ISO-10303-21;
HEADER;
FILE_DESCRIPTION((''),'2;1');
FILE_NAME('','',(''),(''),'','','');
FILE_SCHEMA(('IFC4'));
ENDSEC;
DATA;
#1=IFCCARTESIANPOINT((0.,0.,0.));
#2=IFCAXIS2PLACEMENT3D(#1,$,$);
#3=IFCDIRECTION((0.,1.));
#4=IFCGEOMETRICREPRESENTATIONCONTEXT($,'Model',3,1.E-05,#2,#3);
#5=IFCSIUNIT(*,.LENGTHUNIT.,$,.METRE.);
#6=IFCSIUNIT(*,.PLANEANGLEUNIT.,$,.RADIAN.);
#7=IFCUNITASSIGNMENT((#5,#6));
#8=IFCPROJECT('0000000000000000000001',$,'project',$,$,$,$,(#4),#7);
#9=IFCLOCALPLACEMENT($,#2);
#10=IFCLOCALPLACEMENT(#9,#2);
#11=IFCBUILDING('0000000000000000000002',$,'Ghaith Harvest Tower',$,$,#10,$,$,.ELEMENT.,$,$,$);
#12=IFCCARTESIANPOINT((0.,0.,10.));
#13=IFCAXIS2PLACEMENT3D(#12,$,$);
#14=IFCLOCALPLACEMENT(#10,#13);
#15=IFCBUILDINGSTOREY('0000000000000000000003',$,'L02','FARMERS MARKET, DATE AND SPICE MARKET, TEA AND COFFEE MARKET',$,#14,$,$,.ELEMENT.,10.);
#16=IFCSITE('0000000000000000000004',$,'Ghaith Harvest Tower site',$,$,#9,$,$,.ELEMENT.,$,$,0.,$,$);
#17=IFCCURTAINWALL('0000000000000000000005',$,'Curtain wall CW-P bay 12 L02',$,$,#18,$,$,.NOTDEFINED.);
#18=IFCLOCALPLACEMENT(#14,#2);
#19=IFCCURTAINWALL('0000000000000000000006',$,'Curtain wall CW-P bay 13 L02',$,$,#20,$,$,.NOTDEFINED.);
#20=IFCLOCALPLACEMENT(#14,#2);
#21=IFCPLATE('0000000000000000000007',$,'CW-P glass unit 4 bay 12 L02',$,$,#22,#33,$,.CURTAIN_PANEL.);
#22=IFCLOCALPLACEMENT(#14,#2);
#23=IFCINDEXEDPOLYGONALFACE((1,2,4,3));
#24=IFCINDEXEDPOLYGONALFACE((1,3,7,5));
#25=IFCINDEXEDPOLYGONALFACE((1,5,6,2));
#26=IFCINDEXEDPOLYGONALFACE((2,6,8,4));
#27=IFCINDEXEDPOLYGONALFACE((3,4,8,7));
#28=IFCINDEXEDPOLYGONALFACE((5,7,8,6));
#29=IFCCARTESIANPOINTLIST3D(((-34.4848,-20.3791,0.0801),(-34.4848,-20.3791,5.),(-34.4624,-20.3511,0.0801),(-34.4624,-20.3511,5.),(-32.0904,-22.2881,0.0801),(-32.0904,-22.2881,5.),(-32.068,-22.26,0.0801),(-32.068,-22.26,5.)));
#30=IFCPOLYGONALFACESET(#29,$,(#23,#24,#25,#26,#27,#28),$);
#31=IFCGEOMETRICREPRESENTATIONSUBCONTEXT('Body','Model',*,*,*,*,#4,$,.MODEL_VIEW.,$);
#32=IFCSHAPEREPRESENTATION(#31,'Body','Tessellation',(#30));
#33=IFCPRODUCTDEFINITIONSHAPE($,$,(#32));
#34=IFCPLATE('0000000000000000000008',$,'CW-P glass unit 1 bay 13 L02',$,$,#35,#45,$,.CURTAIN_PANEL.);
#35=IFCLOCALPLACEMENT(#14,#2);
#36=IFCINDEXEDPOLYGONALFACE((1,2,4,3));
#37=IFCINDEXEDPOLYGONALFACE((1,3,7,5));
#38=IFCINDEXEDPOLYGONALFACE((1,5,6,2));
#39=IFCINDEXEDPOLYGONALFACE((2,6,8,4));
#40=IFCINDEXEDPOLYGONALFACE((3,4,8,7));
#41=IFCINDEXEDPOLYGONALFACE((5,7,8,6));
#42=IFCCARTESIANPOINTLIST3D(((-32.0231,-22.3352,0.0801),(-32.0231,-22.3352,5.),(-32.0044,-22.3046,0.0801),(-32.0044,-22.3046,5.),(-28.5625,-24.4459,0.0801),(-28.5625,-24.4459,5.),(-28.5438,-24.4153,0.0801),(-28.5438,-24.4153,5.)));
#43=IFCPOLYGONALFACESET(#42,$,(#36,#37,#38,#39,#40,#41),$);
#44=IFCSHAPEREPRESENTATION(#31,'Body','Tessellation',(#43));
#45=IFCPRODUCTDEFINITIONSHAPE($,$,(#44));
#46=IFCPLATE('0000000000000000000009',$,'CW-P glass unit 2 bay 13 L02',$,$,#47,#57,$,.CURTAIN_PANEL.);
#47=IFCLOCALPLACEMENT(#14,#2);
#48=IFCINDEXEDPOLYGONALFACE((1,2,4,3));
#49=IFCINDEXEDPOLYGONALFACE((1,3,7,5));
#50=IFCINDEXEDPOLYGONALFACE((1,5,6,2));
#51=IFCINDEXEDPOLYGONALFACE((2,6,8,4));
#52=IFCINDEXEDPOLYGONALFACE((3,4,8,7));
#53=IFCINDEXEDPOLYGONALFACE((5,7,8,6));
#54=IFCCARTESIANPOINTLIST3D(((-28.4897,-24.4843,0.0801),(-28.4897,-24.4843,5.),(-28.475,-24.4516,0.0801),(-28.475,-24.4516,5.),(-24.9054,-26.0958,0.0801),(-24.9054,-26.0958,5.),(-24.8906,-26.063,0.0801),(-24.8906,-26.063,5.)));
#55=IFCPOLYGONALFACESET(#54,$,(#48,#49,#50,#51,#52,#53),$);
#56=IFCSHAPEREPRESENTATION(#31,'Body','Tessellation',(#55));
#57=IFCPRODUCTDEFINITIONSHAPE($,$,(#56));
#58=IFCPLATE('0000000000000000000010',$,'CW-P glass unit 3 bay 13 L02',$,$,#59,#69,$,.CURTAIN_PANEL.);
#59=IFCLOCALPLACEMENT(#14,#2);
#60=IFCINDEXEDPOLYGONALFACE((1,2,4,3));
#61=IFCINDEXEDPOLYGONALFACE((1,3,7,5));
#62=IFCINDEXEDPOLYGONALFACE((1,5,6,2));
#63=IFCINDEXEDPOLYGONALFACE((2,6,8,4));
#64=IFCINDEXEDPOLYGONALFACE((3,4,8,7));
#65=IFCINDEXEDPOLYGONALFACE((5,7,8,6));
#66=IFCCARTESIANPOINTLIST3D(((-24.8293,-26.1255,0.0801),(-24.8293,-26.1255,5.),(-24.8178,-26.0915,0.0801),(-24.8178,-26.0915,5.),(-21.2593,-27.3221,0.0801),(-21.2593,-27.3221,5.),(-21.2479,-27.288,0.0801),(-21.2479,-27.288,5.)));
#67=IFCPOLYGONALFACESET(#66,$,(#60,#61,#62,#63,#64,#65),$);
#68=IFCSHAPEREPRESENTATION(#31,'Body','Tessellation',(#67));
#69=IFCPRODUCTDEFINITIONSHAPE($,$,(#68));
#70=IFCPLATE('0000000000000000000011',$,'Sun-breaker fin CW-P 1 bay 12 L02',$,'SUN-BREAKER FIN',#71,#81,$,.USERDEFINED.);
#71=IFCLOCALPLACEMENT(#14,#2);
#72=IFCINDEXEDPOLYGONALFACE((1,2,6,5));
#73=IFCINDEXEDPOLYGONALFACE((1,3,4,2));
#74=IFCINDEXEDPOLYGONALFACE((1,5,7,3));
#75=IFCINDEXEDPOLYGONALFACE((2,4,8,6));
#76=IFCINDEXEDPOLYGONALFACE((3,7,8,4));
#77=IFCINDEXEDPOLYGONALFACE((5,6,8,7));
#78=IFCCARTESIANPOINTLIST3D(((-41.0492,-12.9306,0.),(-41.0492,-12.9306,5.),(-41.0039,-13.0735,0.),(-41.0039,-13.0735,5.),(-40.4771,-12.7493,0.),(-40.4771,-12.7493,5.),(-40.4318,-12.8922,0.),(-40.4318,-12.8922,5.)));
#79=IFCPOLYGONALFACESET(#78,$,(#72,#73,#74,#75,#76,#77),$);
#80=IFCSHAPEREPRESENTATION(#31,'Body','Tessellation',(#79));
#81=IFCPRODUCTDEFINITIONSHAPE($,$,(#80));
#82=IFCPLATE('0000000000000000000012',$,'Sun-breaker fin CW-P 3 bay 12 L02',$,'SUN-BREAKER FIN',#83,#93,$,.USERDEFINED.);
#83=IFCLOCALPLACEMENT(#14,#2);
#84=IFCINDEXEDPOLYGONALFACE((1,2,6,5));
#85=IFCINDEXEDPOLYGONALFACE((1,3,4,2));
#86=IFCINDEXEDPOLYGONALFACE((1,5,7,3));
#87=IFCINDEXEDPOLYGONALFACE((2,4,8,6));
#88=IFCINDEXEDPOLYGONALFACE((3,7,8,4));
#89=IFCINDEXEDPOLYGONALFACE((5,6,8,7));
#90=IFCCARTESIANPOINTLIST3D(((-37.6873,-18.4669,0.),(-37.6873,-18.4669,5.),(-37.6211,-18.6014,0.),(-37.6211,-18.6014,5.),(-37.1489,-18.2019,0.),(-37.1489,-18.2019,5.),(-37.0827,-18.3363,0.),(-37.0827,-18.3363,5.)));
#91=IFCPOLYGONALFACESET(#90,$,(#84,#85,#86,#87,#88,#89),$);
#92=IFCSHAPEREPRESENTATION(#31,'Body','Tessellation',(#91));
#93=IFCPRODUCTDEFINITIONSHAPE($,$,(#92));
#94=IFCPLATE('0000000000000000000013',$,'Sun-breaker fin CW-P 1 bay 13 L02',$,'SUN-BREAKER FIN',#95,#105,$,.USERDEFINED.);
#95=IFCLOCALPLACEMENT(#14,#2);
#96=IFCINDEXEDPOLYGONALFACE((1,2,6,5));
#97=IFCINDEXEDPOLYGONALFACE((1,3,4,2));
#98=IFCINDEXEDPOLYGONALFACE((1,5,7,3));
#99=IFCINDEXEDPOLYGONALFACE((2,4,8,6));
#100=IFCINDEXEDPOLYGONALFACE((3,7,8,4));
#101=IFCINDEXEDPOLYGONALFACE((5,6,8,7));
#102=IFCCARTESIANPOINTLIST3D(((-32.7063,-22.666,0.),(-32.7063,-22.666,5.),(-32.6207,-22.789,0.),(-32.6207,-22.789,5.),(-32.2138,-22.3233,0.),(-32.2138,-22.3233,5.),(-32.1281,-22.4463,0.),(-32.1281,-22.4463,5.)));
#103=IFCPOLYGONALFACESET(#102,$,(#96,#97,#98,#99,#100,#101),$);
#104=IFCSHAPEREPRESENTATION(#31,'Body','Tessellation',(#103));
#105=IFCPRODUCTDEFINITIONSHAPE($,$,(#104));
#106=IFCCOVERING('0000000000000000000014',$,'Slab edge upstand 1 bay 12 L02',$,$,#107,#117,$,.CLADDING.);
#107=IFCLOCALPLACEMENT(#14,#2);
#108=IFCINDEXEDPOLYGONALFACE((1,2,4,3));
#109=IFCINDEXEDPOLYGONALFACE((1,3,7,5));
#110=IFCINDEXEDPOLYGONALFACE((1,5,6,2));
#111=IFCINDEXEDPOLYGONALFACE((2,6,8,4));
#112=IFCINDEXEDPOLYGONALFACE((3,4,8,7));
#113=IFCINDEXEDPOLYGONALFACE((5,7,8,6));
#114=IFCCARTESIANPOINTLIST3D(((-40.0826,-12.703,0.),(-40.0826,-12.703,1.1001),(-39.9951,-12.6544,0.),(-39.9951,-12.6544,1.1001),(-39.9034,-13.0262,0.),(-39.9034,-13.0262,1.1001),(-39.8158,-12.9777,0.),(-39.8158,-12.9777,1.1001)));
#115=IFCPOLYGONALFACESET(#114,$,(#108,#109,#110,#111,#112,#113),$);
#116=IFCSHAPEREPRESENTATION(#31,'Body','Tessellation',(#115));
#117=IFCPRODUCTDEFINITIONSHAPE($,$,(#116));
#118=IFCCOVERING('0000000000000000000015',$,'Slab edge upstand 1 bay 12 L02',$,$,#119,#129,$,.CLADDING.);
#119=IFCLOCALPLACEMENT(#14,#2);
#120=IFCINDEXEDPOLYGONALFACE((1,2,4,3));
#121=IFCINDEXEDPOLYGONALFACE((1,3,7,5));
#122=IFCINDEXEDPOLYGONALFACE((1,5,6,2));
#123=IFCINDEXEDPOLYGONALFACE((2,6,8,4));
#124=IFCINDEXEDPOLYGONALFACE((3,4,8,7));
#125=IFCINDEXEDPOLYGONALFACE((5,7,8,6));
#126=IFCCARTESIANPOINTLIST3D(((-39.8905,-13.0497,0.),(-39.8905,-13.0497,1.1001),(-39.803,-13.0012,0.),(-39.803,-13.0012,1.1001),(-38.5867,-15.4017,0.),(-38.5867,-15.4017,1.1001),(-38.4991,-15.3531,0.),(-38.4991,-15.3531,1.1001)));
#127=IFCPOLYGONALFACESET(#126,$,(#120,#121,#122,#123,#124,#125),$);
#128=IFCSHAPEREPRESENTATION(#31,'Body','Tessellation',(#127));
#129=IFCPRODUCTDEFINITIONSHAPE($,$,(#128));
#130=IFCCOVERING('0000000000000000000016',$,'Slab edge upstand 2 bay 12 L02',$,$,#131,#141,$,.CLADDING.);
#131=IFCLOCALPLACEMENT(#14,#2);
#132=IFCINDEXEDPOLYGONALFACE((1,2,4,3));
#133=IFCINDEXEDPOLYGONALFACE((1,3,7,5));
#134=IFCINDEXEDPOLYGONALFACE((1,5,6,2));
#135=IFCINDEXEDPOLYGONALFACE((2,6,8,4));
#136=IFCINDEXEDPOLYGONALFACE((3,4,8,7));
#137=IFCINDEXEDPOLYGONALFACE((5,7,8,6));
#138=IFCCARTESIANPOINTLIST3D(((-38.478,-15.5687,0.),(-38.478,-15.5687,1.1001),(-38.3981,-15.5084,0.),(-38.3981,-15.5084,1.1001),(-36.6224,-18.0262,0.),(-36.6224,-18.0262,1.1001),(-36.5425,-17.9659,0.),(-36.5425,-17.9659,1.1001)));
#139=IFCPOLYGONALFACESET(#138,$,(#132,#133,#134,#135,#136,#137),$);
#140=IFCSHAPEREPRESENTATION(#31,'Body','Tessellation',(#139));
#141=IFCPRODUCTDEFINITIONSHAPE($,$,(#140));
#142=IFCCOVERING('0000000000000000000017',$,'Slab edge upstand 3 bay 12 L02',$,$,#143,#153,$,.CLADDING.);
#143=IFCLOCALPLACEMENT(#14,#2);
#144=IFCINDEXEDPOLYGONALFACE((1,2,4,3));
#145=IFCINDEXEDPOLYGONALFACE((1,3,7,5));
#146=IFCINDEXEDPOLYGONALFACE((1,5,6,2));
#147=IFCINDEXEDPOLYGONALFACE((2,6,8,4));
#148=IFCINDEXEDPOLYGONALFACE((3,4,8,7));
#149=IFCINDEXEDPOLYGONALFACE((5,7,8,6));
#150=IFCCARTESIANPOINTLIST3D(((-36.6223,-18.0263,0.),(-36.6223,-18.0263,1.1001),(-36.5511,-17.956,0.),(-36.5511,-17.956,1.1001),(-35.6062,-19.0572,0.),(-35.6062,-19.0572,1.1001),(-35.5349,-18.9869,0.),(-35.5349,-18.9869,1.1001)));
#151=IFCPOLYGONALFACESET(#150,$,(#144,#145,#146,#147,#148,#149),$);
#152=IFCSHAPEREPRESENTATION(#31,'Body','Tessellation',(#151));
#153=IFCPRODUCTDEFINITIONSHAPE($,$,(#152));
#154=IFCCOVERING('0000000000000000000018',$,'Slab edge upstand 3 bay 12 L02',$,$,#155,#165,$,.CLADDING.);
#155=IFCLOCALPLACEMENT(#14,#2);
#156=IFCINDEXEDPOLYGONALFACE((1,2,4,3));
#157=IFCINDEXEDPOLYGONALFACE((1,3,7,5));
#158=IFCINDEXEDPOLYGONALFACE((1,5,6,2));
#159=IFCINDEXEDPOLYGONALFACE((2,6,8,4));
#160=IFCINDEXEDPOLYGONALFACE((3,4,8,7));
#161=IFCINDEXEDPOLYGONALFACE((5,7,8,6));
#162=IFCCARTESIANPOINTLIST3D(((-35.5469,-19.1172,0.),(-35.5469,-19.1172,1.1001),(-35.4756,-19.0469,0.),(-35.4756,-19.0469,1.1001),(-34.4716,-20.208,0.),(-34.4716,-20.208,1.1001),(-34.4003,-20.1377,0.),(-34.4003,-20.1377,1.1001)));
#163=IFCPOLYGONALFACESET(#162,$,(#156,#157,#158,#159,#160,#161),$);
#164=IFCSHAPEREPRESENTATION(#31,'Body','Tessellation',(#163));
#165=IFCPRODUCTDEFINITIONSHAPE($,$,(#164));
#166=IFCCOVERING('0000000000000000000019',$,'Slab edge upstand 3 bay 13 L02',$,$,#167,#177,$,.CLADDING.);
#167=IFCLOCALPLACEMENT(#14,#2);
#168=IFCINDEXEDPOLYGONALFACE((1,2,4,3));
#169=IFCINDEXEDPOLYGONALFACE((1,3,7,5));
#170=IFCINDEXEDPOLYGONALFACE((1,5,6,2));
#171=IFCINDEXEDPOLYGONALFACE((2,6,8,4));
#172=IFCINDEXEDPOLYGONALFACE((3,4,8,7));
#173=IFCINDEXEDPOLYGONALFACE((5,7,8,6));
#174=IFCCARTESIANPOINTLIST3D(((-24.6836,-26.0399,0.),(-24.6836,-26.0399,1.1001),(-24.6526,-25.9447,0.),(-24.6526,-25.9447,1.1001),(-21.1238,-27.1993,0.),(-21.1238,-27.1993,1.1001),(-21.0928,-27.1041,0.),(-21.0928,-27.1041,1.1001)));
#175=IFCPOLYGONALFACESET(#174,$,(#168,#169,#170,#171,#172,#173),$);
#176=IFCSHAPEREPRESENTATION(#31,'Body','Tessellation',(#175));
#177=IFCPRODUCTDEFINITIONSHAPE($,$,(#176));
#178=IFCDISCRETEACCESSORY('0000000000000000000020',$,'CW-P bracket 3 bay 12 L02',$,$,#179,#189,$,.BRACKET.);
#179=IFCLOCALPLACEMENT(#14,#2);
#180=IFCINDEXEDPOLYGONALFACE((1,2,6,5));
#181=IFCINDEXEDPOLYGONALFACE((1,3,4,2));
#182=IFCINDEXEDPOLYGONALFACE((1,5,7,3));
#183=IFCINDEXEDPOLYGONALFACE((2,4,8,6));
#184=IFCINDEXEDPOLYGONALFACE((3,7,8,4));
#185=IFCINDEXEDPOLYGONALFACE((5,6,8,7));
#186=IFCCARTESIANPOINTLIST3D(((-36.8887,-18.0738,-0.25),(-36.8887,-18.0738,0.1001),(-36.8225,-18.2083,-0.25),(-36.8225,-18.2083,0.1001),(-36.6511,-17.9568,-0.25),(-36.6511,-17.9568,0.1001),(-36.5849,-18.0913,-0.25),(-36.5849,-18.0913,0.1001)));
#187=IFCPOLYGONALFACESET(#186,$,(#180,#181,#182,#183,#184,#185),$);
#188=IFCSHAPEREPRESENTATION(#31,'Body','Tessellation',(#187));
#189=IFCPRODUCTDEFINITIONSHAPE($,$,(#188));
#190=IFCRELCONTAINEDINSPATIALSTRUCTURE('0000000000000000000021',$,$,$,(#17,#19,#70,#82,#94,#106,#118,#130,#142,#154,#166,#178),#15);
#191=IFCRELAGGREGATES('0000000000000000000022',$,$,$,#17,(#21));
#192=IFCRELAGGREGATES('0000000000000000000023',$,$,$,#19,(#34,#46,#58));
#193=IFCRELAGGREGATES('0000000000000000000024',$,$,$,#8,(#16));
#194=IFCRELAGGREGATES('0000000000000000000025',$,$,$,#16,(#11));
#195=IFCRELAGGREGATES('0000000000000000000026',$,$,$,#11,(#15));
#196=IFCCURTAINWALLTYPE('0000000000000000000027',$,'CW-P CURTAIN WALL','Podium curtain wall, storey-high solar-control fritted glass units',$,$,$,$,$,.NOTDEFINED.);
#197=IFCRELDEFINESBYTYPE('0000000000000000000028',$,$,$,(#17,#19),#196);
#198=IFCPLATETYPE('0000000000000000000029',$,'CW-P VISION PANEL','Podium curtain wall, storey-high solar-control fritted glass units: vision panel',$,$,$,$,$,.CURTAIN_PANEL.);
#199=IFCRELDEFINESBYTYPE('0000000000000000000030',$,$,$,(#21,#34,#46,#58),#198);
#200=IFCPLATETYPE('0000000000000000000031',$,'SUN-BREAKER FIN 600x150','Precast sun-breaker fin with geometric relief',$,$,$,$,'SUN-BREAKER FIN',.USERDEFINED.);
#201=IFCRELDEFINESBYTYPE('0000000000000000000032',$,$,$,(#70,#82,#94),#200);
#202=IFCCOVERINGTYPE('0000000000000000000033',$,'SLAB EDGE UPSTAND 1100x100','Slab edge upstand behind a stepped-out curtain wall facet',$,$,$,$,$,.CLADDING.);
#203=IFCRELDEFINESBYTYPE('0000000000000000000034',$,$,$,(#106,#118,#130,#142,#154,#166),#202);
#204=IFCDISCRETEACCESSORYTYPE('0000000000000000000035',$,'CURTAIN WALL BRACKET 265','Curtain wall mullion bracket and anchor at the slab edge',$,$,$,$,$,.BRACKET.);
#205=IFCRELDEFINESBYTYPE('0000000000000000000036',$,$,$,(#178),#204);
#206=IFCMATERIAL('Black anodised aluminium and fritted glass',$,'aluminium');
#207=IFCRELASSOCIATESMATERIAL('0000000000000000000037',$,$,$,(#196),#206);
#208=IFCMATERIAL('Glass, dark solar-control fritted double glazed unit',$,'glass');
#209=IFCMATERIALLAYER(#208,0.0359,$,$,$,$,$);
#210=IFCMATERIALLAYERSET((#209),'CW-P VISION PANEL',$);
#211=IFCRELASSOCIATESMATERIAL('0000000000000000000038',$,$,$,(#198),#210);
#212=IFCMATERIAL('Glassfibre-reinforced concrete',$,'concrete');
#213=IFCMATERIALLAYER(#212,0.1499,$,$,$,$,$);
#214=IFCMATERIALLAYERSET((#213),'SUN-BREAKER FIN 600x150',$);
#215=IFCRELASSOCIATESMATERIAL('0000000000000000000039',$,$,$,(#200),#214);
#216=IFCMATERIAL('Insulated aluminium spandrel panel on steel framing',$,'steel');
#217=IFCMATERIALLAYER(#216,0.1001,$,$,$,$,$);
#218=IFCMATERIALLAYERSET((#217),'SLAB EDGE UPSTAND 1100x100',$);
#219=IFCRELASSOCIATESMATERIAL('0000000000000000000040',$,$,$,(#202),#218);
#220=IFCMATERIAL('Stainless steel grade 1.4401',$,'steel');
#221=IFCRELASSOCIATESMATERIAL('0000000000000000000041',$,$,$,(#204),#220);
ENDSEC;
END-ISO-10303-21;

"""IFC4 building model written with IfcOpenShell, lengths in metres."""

from ifc_helpers import new_model, si_unit, direction, frame, origin, origin_2d, place, context, subcontext, project, spatial, rectangle, extrude, material, layer, layer_set, type_object, element, aggregate, save


model = new_model("IFC4")

# Units and contexts
model_context = context("Model", 3, precision=1e-05, world=origin(), true_north=direction((0.0, 1.0)))
body_context = subcontext(model_context, "Body", "Model", "MODEL_VIEW")
ifc_project = project(units=[si_unit("LENGTHUNIT", "METRE"), si_unit("PLANEANGLEUNIT", "RADIAN")], contexts=[model_context])

# Site, building, storey
site_placement = place(None, origin())
site = spatial("IfcSite", under=ifc_project, at=site_placement, Name="Ghaith Harvest Tower site", CompositionType="ELEMENT", RefElevation=0.0)
building_placement = place(site_placement, origin())
building = spatial("IfcBuilding", under=site, at=building_placement, Name="Ghaith Harvest Tower", CompositionType="ELEMENT")
storey_placement = place(building_placement, frame((0.0, 0.0, 10.0)))
storey = spatial("IfcBuildingStorey", under=building, at=storey_placement, Name="L02", Description="FARMERS MARKET, DATE AND SPICE MARKET, TEA AND COFFEE MARKET", CompositionType="ELEMENT", Elevation=10.0)

# Curtain walls
ifc_material_1 = material(Name="Black anodised aluminium and fritted glass", Category="aluminium")
curtain_wall_type = type_object("IfcCurtainWallType", Name="CW-P CURTAIN WALL", Description="Podium curtain wall, storey-high solar-control fritted glass units", PredefinedType="NOTDEFINED", material=ifc_material_1)
curtain_wall_1_placement = place(storey_placement, origin())
curtain_wall_1 = element("IfcCurtainWall", 1, at=curtain_wall_1_placement, inside=storey, type_object=curtain_wall_type, Name="Curtain wall CW-P bay 12 L02", PredefinedType="NOTDEFINED")
curtain_wall_2_placement = place(storey_placement, origin())
curtain_wall_2 = element("IfcCurtainWall", 2, at=curtain_wall_2_placement, inside=storey, type_object=curtain_wall_type, Name="Curtain wall CW-P bay 13 L02", PredefinedType="NOTDEFINED")

# Plates
ifc_material_2 = material(Name="Glass, dark solar-control fritted double glazed unit", Category="glass")
ifc_layer_1 = layer(ifc_material_2, 0.0359)
ifc_layer_set_1 = layer_set([ifc_layer_1], Name="CW-P VISION PANEL")
plate_type_1 = type_object("IfcPlateType", Name="CW-P VISION PANEL", Description="Podium curtain wall, storey-high solar-control fritted glass units: vision panel", PredefinedType="CURTAIN_PANEL", material=ifc_layer_set_1)
plate_1_placement = place(storey_placement, frame((-33.2764, -21.3196, 0.0801), z_axis=(0.0, 0.0, 1.0), x_axis=(0.781909, -0.623393, 0.0)))
plate_1 = element("IfcPlate", 3, at=plate_1_placement, type_object=plate_type_1, Name="CW-P glass unit 4 bay 12 L02", PredefinedType="CURTAIN_PANEL", context=body_context, shape_type="SweptSolid", body=[
    extrude(rectangle(XDim=3.0623, YDim=0.0359, at=origin_2d()), origin(), (0.0, 0.0, 1.0), 4.9199),
])
aggregate(curtain_wall_1, [plate_1])
plate_2_placement = place(storey_placement, frame((-30.2834, -23.3752, 0.0801), z_axis=(0.0, 0.0, 1.0), x_axis=(0.853735, -0.520708, 0.0)))
plate_2 = element("IfcPlate", 4, at=plate_2_placement, type_object=plate_type_1, Name="CW-P glass unit 1 bay 13 L02", PredefinedType="CURTAIN_PANEL", context=body_context, shape_type="SweptSolid", body=[
    extrude(rectangle(XDim=4.0535, YDim=0.0359, at=origin_2d()), origin(), (0.0, 0.0, 1.0), 4.9199),
])
plate_3_placement = place(storey_placement, frame((-26.6902, -25.2737, 0.0801), z_axis=(0.0, 0.0, 1.0), x_axis=(0.912067, -0.410042, 0.0)))
plate_3 = element("IfcPlate", 5, at=plate_3_placement, type_object=plate_type_1, Name="CW-P glass unit 2 bay 13 L02", PredefinedType="CURTAIN_PANEL", context=body_context, shape_type="SweptSolid", body=[
    extrude(rectangle(XDim=3.9299, YDim=0.0359, at=origin_2d()), origin(), (0.0, 0.0, 1.0), 4.9199),
])
plate_4_placement = place(storey_placement, frame((-23.0386, -26.7068, 0.0801), z_axis=(0.0, 0.0, 1.0), x_axis=(0.948159, -0.317796, 0.0)))
plate_4 = element("IfcPlate", 6, at=plate_4_placement, type_object=plate_type_1, Name="CW-P glass unit 3 bay 13 L02", PredefinedType="CURTAIN_PANEL", context=body_context, shape_type="SweptSolid", body=[
    extrude(rectangle(XDim=3.7651, YDim=0.0359, at=origin_2d()), origin(), (0.0, 0.0, 1.0), 4.9199),
])
aggregate(curtain_wall_2, [plate_2, plate_3, plate_4])

# Plates
ifc_material_3 = material(Name="Glassfibre-reinforced concrete", Category="concrete")
ifc_layer_2 = layer(ifc_material_3, 0.1499)
ifc_layer_set_2 = layer_set([ifc_layer_2], Name="SUN-BREAKER FIN 600x150")
plate_type_2 = type_object("IfcPlateType", Name="SUN-BREAKER FIN 600x150", Description="Precast sun-breaker fin with geometric relief", ElementType="SUN-BREAKER FIN", PredefinedType="USERDEFINED", material=ifc_layer_set_2)
for number, where, z_axis, x_axis, name in (
    (7, (-40.7405, -12.9114, 0.0), (0.0, 0.0, 1.0), (-0.953273, -0.30211, 0.0), "Sun-breaker fin CW-P 1 bay 12 L02"),
    (8, (-37.385, -18.4016, 0.0), (0.0, 0.0, 1.0), (-0.897201, -0.441622, 0.0), "Sun-breaker fin CW-P 3 bay 12 L02"),
    (9, (-32.4172, -22.5562, 0.0), (0.0, 0.0, 1.0), (-0.820845, -0.57115, 0.0), "Sun-breaker fin CW-P 1 bay 13 L02"),
):
    element("IfcPlate", number, at=place(storey_placement, frame(where, z_axis=z_axis, x_axis=x_axis)), inside=storey, type_object=plate_type_2, Name=name, ObjectType="SUN-BREAKER FIN", PredefinedType="USERDEFINED", context=body_context, shape_type="SweptSolid", body=[
        extrude(rectangle(XDim=0.6001, YDim=0.1499, at=origin_2d()), origin(), (0.0, 0.0, 1.0), 5.0),
    ])

# Coverings
ifc_material_4 = material(Name="Insulated aluminium spandrel panel on steel framing", Category="steel")
ifc_layer_3 = layer(ifc_material_4, 0.1001)
ifc_layer_set_3 = layer_set([ifc_layer_3], Name="SLAB EDGE UPSTAND 1100x100")
covering_type = type_object("IfcCoveringType", Name="SLAB EDGE UPSTAND 1100x100", Description="Slab edge upstand behind a stepped-out curtain wall facet", PredefinedType="CLADDING", material=ifc_layer_set_3)
covering_1_placement = place(storey_placement, frame((-39.9492, -12.8403, 0.0), z_axis=(0.0, 0.0, 1.0), x_axis=(0.484856, -0.874594, 0.0)))
element("IfcCovering", 10, at=covering_1_placement, inside=storey, type_object=covering_type, Name="Slab edge upstand 1 bay 12 L02", PredefinedType="CLADDING", context=body_context, shape_type="SweptSolid", body=[
    extrude(rectangle(XDim=0.3696, YDim=0.1001, at=origin_2d()), origin(), (0.0, 0.0, 1.0), 1.1001),
])
covering_2_placement = place(storey_placement, frame((-39.1948, -14.2014, 0.0), z_axis=(0.0, 0.0, 1.0), x_axis=(0.484856, -0.874594, 0.0)))
element("IfcCovering", 11, at=covering_2_placement, inside=storey, type_object=covering_type, Name="Slab edge upstand 1 bay 12 L02", PredefinedType="CLADDING", context=body_context, shape_type="SweptSolid", body=[
    extrude(rectangle(XDim=2.6892, YDim=0.1001, at=origin_2d()), origin(), (0.0, 0.0, 1.0), 1.1001),
])
covering_3_placement = place(storey_placement, frame((-37.5103, -16.7673, 0.0), z_axis=(0.0, 0.0, 1.0), x_axis=(0.602577, -0.798061, 0.0)))
element("IfcCovering", 12, at=covering_3_placement, inside=storey, type_object=covering_type, Name="Slab edge upstand 2 bay 12 L02", PredefinedType="CLADDING", context=body_context, shape_type="SweptSolid", body=[
    extrude(rectangle(XDim=3.0793, YDim=0.1001, at=origin_2d()), origin(), (0.0, 0.0, 1.0), 1.1001),
])
covering_4_placement = place(storey_placement, frame((-36.0786, -18.5066, 0.0), z_axis=(0.0, 0.0, 1.0), x_axis=(0.702024, -0.712153, 0.0)))
element("IfcCovering", 13, at=covering_4_placement, inside=storey, type_object=covering_type, Name="Slab edge upstand 3 bay 12 L02", PredefinedType="CLADDING", context=body_context, shape_type="SweptSolid", body=[
    extrude(rectangle(XDim=1.4475, YDim=0.1001, at=origin_2d()), origin(), (0.0, 0.0, 1.0), 1.1001),
])
covering_5_placement = place(storey_placement, frame((-34.9736, -19.6274, 0.0), z_axis=(0.0, 0.0, 1.0), x_axis=(0.702024, -0.712153, 0.0)))
element("IfcCovering", 14, at=covering_5_placement, inside=storey, type_object=covering_type, Name="Slab edge upstand 3 bay 12 L02", PredefinedType="CLADDING", context=body_context, shape_type="SweptSolid", body=[
    extrude(rectangle(XDim=1.5317, YDim=0.1001, at=origin_2d()), origin(), (0.0, 0.0, 1.0), 1.1001),
])
covering_6_placement = place(storey_placement, frame((-22.8882, -26.572, 0.0), z_axis=(0.0, 0.0, 1.0), x_axis=(0.950843, -0.309673, 0.0)))
element("IfcCovering", 15, at=covering_6_placement, inside=storey, type_object=covering_type, Name="Slab edge upstand 3 bay 13 L02", PredefinedType="CLADDING", context=body_context, shape_type="SweptSolid", body=[
    extrude(rectangle(XDim=3.7439, YDim=0.1001, at=origin_2d()), origin(), (0.0, 0.0, 1.0), 1.1001),
])

# Discrete accessory
ifc_material_5 = material(Name="Stainless steel grade 1.4401", Category="steel")
discrete_accessory_type = type_object("IfcDiscreteAccessoryType", Name="CURTAIN WALL BRACKET 265", Description="Curtain wall mullion bracket and anchor at the slab edge", PredefinedType="BRACKET", material=ifc_material_5)
discrete_accessory_placement = place(storey_placement, frame((-36.7368, -18.0825, -0.25), z_axis=(0.0, 0.0, 1.0), x_axis=(-0.897201, -0.441622, 0.0)))
element("IfcDiscreteAccessory", 16, at=discrete_accessory_placement, inside=storey, type_object=discrete_accessory_type, Name="CW-P bracket 3 bay 12 L02", PredefinedType="BRACKET", context=body_context, shape_type="SweptSolid", body=[
    extrude(rectangle(XDim=0.2649, YDim=0.1499, at=origin_2d()), origin(), (0.0, 0.0, 1.0), 0.3501),
])

save(model, "model.ifc")
